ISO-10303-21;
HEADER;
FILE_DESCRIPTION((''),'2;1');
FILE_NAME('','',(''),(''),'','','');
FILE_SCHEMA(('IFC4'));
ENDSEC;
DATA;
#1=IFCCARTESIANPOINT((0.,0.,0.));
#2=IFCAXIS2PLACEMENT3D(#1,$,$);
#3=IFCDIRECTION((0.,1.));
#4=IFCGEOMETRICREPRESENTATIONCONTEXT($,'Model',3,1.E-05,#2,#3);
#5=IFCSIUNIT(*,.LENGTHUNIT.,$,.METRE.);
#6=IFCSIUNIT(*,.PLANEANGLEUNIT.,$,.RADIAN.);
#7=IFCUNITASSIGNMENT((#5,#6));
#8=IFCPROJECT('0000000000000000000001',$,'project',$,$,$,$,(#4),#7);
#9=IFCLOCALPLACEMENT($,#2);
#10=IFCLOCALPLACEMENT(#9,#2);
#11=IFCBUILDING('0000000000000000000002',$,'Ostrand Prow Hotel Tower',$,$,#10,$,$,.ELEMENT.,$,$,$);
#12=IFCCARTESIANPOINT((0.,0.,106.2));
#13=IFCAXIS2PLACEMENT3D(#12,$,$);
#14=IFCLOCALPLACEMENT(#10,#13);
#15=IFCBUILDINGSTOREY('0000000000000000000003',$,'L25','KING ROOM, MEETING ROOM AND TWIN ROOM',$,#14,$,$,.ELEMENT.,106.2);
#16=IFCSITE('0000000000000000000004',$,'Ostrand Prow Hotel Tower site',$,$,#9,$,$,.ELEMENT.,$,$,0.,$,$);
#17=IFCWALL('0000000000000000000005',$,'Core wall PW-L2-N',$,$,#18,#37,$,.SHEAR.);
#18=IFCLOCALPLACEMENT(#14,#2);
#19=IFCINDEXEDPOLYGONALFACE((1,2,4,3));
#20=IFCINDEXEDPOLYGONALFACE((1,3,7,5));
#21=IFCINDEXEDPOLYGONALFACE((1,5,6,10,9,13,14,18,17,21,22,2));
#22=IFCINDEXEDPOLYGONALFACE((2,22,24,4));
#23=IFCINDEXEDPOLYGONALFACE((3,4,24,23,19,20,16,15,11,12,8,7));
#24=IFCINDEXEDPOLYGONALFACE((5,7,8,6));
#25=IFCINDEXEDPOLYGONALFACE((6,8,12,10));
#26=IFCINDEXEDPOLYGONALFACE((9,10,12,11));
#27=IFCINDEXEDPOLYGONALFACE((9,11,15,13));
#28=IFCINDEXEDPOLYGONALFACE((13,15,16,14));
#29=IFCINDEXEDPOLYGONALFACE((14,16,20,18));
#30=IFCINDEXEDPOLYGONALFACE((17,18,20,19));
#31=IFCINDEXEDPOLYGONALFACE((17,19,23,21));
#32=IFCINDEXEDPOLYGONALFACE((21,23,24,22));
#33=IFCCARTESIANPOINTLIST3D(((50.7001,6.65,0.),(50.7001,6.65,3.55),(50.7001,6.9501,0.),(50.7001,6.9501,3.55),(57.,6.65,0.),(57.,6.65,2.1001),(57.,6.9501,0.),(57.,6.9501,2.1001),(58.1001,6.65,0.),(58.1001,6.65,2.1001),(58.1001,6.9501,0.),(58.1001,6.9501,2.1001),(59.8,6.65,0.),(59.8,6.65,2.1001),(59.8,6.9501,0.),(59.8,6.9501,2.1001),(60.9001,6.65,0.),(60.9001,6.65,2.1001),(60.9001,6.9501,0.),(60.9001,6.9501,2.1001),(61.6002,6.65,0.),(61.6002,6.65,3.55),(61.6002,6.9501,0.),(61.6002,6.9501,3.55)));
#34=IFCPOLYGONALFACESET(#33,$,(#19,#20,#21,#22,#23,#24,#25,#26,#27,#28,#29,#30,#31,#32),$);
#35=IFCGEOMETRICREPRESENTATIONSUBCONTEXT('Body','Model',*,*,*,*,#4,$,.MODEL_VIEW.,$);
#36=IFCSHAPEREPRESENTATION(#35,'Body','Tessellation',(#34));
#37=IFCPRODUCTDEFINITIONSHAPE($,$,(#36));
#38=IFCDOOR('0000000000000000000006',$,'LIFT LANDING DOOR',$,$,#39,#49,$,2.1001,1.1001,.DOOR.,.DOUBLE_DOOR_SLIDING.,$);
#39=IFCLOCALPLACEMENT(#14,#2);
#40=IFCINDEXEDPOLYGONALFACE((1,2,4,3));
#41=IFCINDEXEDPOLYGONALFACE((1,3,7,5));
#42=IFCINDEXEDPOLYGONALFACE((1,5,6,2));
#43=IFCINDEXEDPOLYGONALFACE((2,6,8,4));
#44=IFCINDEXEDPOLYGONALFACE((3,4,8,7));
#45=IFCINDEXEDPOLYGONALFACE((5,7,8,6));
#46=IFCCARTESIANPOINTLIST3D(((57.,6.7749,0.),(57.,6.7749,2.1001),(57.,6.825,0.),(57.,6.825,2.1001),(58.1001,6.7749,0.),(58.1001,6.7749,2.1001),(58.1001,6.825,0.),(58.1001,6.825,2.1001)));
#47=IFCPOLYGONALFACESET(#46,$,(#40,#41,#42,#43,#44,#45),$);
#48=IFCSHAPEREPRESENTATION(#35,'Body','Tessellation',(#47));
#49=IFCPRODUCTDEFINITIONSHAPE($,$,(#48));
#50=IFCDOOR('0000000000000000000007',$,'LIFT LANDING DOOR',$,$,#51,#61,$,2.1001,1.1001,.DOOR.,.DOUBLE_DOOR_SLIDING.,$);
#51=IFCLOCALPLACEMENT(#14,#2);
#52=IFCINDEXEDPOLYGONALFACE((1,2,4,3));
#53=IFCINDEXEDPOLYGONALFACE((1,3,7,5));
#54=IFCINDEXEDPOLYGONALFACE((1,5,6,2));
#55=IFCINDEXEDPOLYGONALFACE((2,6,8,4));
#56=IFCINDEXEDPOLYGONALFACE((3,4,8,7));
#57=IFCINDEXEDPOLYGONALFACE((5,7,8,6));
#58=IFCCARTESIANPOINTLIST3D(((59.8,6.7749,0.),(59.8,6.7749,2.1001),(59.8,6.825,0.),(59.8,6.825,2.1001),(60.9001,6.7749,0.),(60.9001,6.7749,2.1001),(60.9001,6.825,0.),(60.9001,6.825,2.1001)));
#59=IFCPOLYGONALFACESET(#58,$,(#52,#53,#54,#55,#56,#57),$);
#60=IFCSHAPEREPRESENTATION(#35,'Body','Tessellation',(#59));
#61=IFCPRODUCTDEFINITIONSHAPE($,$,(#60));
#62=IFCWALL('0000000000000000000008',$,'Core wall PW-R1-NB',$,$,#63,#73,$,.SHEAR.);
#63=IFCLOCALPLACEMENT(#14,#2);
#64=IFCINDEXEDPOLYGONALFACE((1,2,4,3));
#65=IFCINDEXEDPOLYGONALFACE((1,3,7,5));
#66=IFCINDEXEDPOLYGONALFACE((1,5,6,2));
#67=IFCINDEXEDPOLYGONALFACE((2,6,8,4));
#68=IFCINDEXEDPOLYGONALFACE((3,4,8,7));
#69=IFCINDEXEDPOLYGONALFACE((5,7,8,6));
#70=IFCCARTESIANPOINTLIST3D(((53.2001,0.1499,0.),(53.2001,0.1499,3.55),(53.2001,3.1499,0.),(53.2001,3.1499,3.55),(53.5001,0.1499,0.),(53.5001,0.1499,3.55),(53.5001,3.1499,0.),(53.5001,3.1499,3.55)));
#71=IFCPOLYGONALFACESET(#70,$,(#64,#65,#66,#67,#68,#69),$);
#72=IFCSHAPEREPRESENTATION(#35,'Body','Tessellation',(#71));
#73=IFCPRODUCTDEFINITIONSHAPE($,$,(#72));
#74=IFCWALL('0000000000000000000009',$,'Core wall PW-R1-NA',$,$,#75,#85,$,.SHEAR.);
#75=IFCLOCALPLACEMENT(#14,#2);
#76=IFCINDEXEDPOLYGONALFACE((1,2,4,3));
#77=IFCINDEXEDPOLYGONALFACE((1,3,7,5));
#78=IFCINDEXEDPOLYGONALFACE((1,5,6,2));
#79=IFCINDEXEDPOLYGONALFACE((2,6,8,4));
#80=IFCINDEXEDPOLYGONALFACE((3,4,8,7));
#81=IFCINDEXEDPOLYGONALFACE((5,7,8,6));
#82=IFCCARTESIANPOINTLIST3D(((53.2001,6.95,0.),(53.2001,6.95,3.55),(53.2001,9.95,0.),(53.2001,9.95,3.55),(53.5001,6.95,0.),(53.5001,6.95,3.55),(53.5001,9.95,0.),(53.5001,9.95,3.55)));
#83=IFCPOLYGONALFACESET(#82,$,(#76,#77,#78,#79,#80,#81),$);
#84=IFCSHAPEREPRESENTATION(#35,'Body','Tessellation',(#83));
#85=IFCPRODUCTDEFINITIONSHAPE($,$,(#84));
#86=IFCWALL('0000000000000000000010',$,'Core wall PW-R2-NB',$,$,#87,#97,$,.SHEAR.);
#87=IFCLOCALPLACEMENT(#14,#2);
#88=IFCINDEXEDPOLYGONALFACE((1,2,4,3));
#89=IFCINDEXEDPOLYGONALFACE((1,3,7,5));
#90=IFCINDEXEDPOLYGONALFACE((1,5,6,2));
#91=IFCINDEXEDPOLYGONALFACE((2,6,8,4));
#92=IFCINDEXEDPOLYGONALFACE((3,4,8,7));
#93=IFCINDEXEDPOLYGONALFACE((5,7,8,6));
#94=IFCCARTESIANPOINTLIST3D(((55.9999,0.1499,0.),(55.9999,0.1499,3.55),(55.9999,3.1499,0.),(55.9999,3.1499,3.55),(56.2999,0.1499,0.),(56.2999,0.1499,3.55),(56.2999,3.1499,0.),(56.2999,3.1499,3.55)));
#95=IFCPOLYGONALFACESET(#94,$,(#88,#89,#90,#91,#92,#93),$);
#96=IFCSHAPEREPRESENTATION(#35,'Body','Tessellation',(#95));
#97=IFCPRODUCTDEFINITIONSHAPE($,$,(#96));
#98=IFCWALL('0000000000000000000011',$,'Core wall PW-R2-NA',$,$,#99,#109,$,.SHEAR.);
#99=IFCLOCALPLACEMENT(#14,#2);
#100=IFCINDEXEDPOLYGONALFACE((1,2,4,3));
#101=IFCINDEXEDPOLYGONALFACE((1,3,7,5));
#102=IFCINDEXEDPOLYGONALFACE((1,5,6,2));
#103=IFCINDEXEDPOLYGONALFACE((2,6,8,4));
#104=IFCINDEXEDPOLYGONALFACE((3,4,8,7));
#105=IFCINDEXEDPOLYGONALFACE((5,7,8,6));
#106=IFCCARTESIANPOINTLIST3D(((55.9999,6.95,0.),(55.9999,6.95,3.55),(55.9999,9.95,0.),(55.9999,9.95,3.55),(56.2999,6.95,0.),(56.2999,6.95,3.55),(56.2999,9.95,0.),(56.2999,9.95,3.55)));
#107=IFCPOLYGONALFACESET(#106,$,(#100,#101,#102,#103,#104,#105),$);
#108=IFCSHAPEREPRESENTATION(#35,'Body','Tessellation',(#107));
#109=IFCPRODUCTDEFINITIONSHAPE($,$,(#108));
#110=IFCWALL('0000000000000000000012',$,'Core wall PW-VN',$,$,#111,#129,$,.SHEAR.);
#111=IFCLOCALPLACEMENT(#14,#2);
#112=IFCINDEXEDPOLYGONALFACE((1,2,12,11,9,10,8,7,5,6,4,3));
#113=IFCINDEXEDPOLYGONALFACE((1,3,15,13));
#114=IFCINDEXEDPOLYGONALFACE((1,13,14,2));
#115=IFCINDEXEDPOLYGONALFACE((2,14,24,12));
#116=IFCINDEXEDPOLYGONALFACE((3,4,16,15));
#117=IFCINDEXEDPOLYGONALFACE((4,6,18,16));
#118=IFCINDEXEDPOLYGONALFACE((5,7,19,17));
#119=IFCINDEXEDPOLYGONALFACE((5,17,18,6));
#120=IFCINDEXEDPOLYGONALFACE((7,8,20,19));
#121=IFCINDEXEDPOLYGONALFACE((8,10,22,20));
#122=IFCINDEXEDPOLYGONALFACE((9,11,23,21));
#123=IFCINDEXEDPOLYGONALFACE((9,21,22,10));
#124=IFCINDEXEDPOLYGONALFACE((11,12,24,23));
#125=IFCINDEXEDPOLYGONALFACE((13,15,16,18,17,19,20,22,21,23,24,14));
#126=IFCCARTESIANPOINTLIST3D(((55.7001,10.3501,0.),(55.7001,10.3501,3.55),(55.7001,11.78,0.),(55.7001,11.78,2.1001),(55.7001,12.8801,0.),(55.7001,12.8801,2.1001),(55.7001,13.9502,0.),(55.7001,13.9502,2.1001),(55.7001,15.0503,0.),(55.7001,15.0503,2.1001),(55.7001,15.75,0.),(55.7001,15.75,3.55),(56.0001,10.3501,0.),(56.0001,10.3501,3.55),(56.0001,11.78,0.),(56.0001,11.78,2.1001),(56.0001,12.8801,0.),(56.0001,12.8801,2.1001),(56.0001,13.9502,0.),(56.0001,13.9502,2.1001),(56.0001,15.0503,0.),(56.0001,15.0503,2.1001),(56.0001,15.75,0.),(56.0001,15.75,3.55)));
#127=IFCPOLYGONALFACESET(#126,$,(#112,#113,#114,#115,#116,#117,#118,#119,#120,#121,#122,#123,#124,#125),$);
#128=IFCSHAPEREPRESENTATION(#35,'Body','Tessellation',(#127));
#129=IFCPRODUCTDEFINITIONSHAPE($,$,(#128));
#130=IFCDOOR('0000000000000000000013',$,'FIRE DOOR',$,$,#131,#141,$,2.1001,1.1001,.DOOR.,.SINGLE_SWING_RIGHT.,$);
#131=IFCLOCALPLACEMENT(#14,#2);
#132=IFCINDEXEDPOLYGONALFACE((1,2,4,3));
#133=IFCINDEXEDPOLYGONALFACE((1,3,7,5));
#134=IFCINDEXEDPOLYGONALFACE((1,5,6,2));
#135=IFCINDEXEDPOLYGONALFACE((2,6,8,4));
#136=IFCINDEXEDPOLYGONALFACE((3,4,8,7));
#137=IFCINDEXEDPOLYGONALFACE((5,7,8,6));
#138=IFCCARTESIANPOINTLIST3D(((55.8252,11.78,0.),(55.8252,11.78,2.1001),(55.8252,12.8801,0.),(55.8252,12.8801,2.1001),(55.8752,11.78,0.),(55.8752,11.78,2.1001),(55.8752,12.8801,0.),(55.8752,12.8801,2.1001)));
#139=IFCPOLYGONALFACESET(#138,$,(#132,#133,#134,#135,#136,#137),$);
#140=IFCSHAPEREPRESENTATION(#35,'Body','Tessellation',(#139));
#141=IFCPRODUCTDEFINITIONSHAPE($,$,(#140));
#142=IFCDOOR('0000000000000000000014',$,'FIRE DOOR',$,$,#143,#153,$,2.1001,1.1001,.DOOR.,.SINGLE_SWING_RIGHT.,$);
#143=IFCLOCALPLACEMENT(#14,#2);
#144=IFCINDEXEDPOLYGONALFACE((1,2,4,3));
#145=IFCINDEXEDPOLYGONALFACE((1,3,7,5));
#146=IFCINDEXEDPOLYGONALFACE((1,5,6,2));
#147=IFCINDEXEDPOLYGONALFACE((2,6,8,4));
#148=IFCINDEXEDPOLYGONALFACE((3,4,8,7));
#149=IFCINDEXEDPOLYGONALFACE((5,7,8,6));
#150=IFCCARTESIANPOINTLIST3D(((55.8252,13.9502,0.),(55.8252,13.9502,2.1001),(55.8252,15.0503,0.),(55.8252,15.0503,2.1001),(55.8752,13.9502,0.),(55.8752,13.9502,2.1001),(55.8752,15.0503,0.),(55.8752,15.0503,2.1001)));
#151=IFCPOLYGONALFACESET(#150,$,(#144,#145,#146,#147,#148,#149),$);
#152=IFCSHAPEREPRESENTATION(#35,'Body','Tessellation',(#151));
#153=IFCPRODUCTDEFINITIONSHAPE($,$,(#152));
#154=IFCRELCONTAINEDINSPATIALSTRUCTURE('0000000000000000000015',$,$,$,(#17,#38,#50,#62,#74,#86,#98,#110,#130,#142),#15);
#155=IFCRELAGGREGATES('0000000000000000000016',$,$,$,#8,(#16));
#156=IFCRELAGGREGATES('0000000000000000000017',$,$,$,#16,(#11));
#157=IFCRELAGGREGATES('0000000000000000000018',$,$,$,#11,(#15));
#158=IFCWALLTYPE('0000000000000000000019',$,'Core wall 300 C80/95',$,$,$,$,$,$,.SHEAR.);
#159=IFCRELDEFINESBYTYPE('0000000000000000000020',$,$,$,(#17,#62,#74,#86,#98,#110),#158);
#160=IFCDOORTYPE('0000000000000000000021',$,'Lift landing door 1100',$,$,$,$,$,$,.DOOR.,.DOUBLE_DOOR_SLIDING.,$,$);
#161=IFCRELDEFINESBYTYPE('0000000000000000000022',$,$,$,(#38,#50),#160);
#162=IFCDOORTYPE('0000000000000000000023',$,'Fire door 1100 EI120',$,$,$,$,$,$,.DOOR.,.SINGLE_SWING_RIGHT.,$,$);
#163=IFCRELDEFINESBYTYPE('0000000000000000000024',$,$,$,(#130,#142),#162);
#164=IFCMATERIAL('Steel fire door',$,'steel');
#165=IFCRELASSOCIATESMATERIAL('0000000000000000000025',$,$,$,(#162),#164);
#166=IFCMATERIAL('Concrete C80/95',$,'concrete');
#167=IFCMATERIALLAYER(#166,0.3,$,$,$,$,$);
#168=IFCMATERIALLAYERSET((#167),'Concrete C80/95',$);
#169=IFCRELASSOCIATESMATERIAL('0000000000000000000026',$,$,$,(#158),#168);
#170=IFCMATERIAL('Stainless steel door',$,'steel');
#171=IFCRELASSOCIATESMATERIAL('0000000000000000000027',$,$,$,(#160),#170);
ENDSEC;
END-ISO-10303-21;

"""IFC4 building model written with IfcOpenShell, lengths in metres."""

from ifc_helpers import new_model, si_unit, direction, frame, frame_2d, origin, place, context, subcontext, project, spatial, rectangle, extrude, material, layer, layer_set, type_object, element, fill, save


model = new_model("IFC4")

# Units and contexts
model_context = context("Model", 3, precision=1e-05, world=origin(), true_north=direction((0.0, 1.0)))
body_context = subcontext(model_context, "Body", "Model", "MODEL_VIEW")
ifc_project = project(units=[si_unit("LENGTHUNIT", "METRE"), si_unit("PLANEANGLEUNIT", "RADIAN")], contexts=[model_context])

# Site, building, storey
site_placement = place(None, origin())
site = spatial("IfcSite", under=ifc_project, at=site_placement, Name="Ostrand Prow Hotel Tower site", CompositionType="ELEMENT", RefElevation=0.0)
building_placement = place(site_placement, origin())
building = spatial("IfcBuilding", under=site, at=building_placement, Name="Ostrand Prow Hotel Tower", CompositionType="ELEMENT")
storey_placement = place(building_placement, frame((0.0, 0.0, 106.2)))
storey = spatial("IfcBuildingStorey", under=building, at=storey_placement, Name="L25", Description="KING ROOM, MEETING ROOM AND TWIN ROOM", CompositionType="ELEMENT", Elevation=106.2)

# Shared definitions
ifc_material_1 = material(Name="Steel fire door", Category="steel")
door_type_1 = type_object("IfcDoorType", Name="Fire door 1100 EI120", OperationType="SINGLE_SWING_RIGHT", PredefinedType="DOOR", material=ifc_material_1)

# Wall, openings, doors
ifc_material_2 = material(Name="Concrete C80/95", Category="concrete")
ifc_layer_1 = layer(ifc_material_2, 0.3)
ifc_layer_set_1 = layer_set([ifc_layer_1], Name="Concrete C80/95")
wall_type_1 = type_object("IfcWallType", Name="Core wall 300 C80/95", PredefinedType="SHEAR", material=ifc_layer_set_1)
wall_1_placement = place(storey_placement, frame((50.7, 6.8, 0.0), z_axis=(0.0, 0.0, 1.0), x_axis=(1.0, 0.0, 0.0)))
wall_1 = element("IfcWall", 1, at=wall_1_placement, inside=storey, type_object=wall_type_1, Name="Core wall PW-L2-N", PredefinedType="SHEAR", context=body_context, shape_type="SweptSolid", body=[
    extrude(rectangle(XDim=10.9001, YDim=0.3, at=frame_2d((5.4502, 0.0))), origin(), (0.0, 0.0, 1.0), 3.55),
])
opening_1_placement = place(wall_1_placement, frame((6.3, 0.0, 0.0)))
opening_1 = element("IfcOpeningElement", 2, at=opening_1_placement, cuts=wall_1, PredefinedType="OPENING", context=body_context, shape_type="SweptSolid", body=[
    extrude(rectangle(XDim=1.1001, YDim=2.1001, at=frame_2d((0.55, 1.05))), frame((0.0, 0.1599, 0.0), z_axis=(0.0, -1.0, 0.0), x_axis=(1.0, 0.0, 0.0)), (0.0, 0.0, 1.0), 0.3201),
])
opening_2_placement = place(wall_1_placement, frame((9.1001, 0.0, 0.0)))
opening_2 = element("IfcOpeningElement", 3, at=opening_2_placement, cuts=wall_1, PredefinedType="OPENING", context=body_context, shape_type="SweptSolid", body=[
    extrude(rectangle(XDim=1.1001, YDim=2.1001, at=frame_2d((0.55, 1.05))), frame((0.0, 0.1599, 0.0), z_axis=(0.0, -1.0, 0.0), x_axis=(1.0, 0.0, 0.0)), (0.0, 0.0, 1.0), 0.3201),
])
ifc_material_3 = material(Name="Stainless steel door", Category="steel")
door_type_2 = type_object("IfcDoorType", Name="Lift landing door 1100", OperationType="DOUBLE_DOOR_SLIDING", PredefinedType="DOOR", material=ifc_material_3)
door_1_placement = place(opening_1_placement, origin())
door_1 = element("IfcDoor", 4, at=door_1_placement, inside=storey, type_object=door_type_2, Name="LIFT LANDING DOOR", OperationType="DOUBLE_DOOR_SLIDING", OverallHeight=2.1001, OverallWidth=1.1001, PredefinedType="DOOR", context=body_context, shape_type="SweptSolid", body=[
    extrude(rectangle(XDim=1.1001, YDim=2.1001, at=frame_2d((0.55, 1.05))), frame((0.0, 0.0249, 0.0), z_axis=(0.0, -1.0, 0.0), x_axis=(1.0, 0.0, 0.0)), (0.0, 0.0, 1.0), 0.05),
])
fill(opening_1, door_1)
door_2_placement = place(opening_2_placement, origin())
door_2 = element("IfcDoor", 5, at=door_2_placement, inside=storey, type_object=door_type_2, Name="LIFT LANDING DOOR", OperationType="DOUBLE_DOOR_SLIDING", OverallHeight=2.1001, OverallWidth=1.1001, PredefinedType="DOOR", context=body_context, shape_type="SweptSolid", body=[
    extrude(rectangle(XDim=1.1001, YDim=2.1001, at=frame_2d((0.55, 1.05))), frame((0.0, 0.0249, 0.0), z_axis=(0.0, -1.0, 0.0), x_axis=(1.0, 0.0, 0.0)), (0.0, 0.0, 1.0), 0.05),
])
fill(opening_2, door_2)

# Walls
for number, where, z_axis, x_axis, name in (
    (6, (53.3501, 0.1499, 0.0), (0.0, 0.0, 1.0), (0.0, 1.0, 0.0), "Core wall PW-R1-NB"),
    (7, (53.3501, 6.95, 0.0), (0.0, 0.0, 1.0), (0.0, 1.0, 0.0), "Core wall PW-R1-NA"),
    (8, (56.1499, 0.1499, 0.0), (0.0, 0.0, 1.0), (0.0, 1.0, 0.0), "Core wall PW-R2-NB"),
    (9, (56.1499, 6.95, 0.0), (0.0, 0.0, 1.0), (0.0, 1.0, 0.0), "Core wall PW-R2-NA"),
):
    element("IfcWall", number, at=place(storey_placement, frame(where, z_axis=z_axis, x_axis=x_axis)), inside=storey, type_object=wall_type_1, Name=name, PredefinedType="SHEAR", context=body_context, shape_type="SweptSolid", body=[
        extrude(rectangle(XDim=3.0, YDim=0.3, at=frame_2d((1.5, 0.0))), origin(), (0.0, 0.0, 1.0), 3.55),
    ])

# Wall, openings, doors
wall_2_placement = place(storey_placement, frame((55.8501, 10.3501, 0.0), z_axis=(0.0, 0.0, 1.0), x_axis=(0.0, 1.0, 0.0)))
wall_2 = element("IfcWall", 10, at=wall_2_placement, inside=storey, type_object=wall_type_1, Name="Core wall PW-VN", PredefinedType="SHEAR", context=body_context, shape_type="SweptSolid", body=[
    extrude(rectangle(XDim=5.3999, YDim=0.3, at=frame_2d((2.7, 0.0))), origin(), (0.0, 0.0, 1.0), 3.55),
])
opening_3_placement = place(wall_2_placement, frame((1.4299, 0.0, 0.0)))
opening_3 = element("IfcOpeningElement", 11, at=opening_3_placement, cuts=wall_2, PredefinedType="OPENING", context=body_context, shape_type="SweptSolid", body=[
    extrude(rectangle(XDim=1.1001, YDim=2.1001, at=frame_2d((0.55, 1.05))), frame((0.0, 0.1599, 0.0), z_axis=(0.0, -1.0, 0.0), x_axis=(1.0, 0.0, 0.0)), (0.0, 0.0, 1.0), 0.3201),
])
opening_4_placement = place(wall_2_placement, frame((3.6001, 0.0, 0.0)))
opening_4 = element("IfcOpeningElement", 12, at=opening_4_placement, cuts=wall_2, PredefinedType="OPENING", context=body_context, shape_type="SweptSolid", body=[
    extrude(rectangle(XDim=1.1001, YDim=2.1001, at=frame_2d((0.55, 1.05))), frame((0.0, 0.1599, 0.0), z_axis=(0.0, -1.0, 0.0), x_axis=(1.0, 0.0, 0.0)), (0.0, 0.0, 1.0), 0.3201),
])
door_3_placement = place(opening_3_placement, origin())
door_3 = element("IfcDoor", 13, at=door_3_placement, inside=storey, type_object=door_type_1, Name="FIRE DOOR", OperationType="SINGLE_SWING_RIGHT", OverallHeight=2.1001, OverallWidth=1.1001, PredefinedType="DOOR", context=body_context, shape_type="SweptSolid", body=[
    extrude(rectangle(XDim=1.1001, YDim=2.1001, at=frame_2d((0.55, 1.05))), frame((0.0, 0.0249, 0.0), z_axis=(0.0, -1.0, 0.0), x_axis=(1.0, 0.0, 0.0)), (0.0, 0.0, 1.0), 0.05),
])
fill(opening_3, door_3)
door_4_placement = place(opening_4_placement, origin())
door_4 = element("IfcDoor", 14, at=door_4_placement, inside=storey, type_object=door_type_1, Name="FIRE DOOR", OperationType="SINGLE_SWING_RIGHT", OverallHeight=2.1001, OverallWidth=1.1001, PredefinedType="DOOR", context=body_context, shape_type="SweptSolid", body=[
    extrude(rectangle(XDim=1.1001, YDim=2.1001, at=frame_2d((0.55, 1.05))), frame((0.0, 0.0249, 0.0), z_axis=(0.0, -1.0, 0.0), x_axis=(1.0, 0.0, 0.0)), (0.0, 0.0, 1.0), 0.05),
])
fill(opening_4, door_4)

save(model, "model.ifc")
